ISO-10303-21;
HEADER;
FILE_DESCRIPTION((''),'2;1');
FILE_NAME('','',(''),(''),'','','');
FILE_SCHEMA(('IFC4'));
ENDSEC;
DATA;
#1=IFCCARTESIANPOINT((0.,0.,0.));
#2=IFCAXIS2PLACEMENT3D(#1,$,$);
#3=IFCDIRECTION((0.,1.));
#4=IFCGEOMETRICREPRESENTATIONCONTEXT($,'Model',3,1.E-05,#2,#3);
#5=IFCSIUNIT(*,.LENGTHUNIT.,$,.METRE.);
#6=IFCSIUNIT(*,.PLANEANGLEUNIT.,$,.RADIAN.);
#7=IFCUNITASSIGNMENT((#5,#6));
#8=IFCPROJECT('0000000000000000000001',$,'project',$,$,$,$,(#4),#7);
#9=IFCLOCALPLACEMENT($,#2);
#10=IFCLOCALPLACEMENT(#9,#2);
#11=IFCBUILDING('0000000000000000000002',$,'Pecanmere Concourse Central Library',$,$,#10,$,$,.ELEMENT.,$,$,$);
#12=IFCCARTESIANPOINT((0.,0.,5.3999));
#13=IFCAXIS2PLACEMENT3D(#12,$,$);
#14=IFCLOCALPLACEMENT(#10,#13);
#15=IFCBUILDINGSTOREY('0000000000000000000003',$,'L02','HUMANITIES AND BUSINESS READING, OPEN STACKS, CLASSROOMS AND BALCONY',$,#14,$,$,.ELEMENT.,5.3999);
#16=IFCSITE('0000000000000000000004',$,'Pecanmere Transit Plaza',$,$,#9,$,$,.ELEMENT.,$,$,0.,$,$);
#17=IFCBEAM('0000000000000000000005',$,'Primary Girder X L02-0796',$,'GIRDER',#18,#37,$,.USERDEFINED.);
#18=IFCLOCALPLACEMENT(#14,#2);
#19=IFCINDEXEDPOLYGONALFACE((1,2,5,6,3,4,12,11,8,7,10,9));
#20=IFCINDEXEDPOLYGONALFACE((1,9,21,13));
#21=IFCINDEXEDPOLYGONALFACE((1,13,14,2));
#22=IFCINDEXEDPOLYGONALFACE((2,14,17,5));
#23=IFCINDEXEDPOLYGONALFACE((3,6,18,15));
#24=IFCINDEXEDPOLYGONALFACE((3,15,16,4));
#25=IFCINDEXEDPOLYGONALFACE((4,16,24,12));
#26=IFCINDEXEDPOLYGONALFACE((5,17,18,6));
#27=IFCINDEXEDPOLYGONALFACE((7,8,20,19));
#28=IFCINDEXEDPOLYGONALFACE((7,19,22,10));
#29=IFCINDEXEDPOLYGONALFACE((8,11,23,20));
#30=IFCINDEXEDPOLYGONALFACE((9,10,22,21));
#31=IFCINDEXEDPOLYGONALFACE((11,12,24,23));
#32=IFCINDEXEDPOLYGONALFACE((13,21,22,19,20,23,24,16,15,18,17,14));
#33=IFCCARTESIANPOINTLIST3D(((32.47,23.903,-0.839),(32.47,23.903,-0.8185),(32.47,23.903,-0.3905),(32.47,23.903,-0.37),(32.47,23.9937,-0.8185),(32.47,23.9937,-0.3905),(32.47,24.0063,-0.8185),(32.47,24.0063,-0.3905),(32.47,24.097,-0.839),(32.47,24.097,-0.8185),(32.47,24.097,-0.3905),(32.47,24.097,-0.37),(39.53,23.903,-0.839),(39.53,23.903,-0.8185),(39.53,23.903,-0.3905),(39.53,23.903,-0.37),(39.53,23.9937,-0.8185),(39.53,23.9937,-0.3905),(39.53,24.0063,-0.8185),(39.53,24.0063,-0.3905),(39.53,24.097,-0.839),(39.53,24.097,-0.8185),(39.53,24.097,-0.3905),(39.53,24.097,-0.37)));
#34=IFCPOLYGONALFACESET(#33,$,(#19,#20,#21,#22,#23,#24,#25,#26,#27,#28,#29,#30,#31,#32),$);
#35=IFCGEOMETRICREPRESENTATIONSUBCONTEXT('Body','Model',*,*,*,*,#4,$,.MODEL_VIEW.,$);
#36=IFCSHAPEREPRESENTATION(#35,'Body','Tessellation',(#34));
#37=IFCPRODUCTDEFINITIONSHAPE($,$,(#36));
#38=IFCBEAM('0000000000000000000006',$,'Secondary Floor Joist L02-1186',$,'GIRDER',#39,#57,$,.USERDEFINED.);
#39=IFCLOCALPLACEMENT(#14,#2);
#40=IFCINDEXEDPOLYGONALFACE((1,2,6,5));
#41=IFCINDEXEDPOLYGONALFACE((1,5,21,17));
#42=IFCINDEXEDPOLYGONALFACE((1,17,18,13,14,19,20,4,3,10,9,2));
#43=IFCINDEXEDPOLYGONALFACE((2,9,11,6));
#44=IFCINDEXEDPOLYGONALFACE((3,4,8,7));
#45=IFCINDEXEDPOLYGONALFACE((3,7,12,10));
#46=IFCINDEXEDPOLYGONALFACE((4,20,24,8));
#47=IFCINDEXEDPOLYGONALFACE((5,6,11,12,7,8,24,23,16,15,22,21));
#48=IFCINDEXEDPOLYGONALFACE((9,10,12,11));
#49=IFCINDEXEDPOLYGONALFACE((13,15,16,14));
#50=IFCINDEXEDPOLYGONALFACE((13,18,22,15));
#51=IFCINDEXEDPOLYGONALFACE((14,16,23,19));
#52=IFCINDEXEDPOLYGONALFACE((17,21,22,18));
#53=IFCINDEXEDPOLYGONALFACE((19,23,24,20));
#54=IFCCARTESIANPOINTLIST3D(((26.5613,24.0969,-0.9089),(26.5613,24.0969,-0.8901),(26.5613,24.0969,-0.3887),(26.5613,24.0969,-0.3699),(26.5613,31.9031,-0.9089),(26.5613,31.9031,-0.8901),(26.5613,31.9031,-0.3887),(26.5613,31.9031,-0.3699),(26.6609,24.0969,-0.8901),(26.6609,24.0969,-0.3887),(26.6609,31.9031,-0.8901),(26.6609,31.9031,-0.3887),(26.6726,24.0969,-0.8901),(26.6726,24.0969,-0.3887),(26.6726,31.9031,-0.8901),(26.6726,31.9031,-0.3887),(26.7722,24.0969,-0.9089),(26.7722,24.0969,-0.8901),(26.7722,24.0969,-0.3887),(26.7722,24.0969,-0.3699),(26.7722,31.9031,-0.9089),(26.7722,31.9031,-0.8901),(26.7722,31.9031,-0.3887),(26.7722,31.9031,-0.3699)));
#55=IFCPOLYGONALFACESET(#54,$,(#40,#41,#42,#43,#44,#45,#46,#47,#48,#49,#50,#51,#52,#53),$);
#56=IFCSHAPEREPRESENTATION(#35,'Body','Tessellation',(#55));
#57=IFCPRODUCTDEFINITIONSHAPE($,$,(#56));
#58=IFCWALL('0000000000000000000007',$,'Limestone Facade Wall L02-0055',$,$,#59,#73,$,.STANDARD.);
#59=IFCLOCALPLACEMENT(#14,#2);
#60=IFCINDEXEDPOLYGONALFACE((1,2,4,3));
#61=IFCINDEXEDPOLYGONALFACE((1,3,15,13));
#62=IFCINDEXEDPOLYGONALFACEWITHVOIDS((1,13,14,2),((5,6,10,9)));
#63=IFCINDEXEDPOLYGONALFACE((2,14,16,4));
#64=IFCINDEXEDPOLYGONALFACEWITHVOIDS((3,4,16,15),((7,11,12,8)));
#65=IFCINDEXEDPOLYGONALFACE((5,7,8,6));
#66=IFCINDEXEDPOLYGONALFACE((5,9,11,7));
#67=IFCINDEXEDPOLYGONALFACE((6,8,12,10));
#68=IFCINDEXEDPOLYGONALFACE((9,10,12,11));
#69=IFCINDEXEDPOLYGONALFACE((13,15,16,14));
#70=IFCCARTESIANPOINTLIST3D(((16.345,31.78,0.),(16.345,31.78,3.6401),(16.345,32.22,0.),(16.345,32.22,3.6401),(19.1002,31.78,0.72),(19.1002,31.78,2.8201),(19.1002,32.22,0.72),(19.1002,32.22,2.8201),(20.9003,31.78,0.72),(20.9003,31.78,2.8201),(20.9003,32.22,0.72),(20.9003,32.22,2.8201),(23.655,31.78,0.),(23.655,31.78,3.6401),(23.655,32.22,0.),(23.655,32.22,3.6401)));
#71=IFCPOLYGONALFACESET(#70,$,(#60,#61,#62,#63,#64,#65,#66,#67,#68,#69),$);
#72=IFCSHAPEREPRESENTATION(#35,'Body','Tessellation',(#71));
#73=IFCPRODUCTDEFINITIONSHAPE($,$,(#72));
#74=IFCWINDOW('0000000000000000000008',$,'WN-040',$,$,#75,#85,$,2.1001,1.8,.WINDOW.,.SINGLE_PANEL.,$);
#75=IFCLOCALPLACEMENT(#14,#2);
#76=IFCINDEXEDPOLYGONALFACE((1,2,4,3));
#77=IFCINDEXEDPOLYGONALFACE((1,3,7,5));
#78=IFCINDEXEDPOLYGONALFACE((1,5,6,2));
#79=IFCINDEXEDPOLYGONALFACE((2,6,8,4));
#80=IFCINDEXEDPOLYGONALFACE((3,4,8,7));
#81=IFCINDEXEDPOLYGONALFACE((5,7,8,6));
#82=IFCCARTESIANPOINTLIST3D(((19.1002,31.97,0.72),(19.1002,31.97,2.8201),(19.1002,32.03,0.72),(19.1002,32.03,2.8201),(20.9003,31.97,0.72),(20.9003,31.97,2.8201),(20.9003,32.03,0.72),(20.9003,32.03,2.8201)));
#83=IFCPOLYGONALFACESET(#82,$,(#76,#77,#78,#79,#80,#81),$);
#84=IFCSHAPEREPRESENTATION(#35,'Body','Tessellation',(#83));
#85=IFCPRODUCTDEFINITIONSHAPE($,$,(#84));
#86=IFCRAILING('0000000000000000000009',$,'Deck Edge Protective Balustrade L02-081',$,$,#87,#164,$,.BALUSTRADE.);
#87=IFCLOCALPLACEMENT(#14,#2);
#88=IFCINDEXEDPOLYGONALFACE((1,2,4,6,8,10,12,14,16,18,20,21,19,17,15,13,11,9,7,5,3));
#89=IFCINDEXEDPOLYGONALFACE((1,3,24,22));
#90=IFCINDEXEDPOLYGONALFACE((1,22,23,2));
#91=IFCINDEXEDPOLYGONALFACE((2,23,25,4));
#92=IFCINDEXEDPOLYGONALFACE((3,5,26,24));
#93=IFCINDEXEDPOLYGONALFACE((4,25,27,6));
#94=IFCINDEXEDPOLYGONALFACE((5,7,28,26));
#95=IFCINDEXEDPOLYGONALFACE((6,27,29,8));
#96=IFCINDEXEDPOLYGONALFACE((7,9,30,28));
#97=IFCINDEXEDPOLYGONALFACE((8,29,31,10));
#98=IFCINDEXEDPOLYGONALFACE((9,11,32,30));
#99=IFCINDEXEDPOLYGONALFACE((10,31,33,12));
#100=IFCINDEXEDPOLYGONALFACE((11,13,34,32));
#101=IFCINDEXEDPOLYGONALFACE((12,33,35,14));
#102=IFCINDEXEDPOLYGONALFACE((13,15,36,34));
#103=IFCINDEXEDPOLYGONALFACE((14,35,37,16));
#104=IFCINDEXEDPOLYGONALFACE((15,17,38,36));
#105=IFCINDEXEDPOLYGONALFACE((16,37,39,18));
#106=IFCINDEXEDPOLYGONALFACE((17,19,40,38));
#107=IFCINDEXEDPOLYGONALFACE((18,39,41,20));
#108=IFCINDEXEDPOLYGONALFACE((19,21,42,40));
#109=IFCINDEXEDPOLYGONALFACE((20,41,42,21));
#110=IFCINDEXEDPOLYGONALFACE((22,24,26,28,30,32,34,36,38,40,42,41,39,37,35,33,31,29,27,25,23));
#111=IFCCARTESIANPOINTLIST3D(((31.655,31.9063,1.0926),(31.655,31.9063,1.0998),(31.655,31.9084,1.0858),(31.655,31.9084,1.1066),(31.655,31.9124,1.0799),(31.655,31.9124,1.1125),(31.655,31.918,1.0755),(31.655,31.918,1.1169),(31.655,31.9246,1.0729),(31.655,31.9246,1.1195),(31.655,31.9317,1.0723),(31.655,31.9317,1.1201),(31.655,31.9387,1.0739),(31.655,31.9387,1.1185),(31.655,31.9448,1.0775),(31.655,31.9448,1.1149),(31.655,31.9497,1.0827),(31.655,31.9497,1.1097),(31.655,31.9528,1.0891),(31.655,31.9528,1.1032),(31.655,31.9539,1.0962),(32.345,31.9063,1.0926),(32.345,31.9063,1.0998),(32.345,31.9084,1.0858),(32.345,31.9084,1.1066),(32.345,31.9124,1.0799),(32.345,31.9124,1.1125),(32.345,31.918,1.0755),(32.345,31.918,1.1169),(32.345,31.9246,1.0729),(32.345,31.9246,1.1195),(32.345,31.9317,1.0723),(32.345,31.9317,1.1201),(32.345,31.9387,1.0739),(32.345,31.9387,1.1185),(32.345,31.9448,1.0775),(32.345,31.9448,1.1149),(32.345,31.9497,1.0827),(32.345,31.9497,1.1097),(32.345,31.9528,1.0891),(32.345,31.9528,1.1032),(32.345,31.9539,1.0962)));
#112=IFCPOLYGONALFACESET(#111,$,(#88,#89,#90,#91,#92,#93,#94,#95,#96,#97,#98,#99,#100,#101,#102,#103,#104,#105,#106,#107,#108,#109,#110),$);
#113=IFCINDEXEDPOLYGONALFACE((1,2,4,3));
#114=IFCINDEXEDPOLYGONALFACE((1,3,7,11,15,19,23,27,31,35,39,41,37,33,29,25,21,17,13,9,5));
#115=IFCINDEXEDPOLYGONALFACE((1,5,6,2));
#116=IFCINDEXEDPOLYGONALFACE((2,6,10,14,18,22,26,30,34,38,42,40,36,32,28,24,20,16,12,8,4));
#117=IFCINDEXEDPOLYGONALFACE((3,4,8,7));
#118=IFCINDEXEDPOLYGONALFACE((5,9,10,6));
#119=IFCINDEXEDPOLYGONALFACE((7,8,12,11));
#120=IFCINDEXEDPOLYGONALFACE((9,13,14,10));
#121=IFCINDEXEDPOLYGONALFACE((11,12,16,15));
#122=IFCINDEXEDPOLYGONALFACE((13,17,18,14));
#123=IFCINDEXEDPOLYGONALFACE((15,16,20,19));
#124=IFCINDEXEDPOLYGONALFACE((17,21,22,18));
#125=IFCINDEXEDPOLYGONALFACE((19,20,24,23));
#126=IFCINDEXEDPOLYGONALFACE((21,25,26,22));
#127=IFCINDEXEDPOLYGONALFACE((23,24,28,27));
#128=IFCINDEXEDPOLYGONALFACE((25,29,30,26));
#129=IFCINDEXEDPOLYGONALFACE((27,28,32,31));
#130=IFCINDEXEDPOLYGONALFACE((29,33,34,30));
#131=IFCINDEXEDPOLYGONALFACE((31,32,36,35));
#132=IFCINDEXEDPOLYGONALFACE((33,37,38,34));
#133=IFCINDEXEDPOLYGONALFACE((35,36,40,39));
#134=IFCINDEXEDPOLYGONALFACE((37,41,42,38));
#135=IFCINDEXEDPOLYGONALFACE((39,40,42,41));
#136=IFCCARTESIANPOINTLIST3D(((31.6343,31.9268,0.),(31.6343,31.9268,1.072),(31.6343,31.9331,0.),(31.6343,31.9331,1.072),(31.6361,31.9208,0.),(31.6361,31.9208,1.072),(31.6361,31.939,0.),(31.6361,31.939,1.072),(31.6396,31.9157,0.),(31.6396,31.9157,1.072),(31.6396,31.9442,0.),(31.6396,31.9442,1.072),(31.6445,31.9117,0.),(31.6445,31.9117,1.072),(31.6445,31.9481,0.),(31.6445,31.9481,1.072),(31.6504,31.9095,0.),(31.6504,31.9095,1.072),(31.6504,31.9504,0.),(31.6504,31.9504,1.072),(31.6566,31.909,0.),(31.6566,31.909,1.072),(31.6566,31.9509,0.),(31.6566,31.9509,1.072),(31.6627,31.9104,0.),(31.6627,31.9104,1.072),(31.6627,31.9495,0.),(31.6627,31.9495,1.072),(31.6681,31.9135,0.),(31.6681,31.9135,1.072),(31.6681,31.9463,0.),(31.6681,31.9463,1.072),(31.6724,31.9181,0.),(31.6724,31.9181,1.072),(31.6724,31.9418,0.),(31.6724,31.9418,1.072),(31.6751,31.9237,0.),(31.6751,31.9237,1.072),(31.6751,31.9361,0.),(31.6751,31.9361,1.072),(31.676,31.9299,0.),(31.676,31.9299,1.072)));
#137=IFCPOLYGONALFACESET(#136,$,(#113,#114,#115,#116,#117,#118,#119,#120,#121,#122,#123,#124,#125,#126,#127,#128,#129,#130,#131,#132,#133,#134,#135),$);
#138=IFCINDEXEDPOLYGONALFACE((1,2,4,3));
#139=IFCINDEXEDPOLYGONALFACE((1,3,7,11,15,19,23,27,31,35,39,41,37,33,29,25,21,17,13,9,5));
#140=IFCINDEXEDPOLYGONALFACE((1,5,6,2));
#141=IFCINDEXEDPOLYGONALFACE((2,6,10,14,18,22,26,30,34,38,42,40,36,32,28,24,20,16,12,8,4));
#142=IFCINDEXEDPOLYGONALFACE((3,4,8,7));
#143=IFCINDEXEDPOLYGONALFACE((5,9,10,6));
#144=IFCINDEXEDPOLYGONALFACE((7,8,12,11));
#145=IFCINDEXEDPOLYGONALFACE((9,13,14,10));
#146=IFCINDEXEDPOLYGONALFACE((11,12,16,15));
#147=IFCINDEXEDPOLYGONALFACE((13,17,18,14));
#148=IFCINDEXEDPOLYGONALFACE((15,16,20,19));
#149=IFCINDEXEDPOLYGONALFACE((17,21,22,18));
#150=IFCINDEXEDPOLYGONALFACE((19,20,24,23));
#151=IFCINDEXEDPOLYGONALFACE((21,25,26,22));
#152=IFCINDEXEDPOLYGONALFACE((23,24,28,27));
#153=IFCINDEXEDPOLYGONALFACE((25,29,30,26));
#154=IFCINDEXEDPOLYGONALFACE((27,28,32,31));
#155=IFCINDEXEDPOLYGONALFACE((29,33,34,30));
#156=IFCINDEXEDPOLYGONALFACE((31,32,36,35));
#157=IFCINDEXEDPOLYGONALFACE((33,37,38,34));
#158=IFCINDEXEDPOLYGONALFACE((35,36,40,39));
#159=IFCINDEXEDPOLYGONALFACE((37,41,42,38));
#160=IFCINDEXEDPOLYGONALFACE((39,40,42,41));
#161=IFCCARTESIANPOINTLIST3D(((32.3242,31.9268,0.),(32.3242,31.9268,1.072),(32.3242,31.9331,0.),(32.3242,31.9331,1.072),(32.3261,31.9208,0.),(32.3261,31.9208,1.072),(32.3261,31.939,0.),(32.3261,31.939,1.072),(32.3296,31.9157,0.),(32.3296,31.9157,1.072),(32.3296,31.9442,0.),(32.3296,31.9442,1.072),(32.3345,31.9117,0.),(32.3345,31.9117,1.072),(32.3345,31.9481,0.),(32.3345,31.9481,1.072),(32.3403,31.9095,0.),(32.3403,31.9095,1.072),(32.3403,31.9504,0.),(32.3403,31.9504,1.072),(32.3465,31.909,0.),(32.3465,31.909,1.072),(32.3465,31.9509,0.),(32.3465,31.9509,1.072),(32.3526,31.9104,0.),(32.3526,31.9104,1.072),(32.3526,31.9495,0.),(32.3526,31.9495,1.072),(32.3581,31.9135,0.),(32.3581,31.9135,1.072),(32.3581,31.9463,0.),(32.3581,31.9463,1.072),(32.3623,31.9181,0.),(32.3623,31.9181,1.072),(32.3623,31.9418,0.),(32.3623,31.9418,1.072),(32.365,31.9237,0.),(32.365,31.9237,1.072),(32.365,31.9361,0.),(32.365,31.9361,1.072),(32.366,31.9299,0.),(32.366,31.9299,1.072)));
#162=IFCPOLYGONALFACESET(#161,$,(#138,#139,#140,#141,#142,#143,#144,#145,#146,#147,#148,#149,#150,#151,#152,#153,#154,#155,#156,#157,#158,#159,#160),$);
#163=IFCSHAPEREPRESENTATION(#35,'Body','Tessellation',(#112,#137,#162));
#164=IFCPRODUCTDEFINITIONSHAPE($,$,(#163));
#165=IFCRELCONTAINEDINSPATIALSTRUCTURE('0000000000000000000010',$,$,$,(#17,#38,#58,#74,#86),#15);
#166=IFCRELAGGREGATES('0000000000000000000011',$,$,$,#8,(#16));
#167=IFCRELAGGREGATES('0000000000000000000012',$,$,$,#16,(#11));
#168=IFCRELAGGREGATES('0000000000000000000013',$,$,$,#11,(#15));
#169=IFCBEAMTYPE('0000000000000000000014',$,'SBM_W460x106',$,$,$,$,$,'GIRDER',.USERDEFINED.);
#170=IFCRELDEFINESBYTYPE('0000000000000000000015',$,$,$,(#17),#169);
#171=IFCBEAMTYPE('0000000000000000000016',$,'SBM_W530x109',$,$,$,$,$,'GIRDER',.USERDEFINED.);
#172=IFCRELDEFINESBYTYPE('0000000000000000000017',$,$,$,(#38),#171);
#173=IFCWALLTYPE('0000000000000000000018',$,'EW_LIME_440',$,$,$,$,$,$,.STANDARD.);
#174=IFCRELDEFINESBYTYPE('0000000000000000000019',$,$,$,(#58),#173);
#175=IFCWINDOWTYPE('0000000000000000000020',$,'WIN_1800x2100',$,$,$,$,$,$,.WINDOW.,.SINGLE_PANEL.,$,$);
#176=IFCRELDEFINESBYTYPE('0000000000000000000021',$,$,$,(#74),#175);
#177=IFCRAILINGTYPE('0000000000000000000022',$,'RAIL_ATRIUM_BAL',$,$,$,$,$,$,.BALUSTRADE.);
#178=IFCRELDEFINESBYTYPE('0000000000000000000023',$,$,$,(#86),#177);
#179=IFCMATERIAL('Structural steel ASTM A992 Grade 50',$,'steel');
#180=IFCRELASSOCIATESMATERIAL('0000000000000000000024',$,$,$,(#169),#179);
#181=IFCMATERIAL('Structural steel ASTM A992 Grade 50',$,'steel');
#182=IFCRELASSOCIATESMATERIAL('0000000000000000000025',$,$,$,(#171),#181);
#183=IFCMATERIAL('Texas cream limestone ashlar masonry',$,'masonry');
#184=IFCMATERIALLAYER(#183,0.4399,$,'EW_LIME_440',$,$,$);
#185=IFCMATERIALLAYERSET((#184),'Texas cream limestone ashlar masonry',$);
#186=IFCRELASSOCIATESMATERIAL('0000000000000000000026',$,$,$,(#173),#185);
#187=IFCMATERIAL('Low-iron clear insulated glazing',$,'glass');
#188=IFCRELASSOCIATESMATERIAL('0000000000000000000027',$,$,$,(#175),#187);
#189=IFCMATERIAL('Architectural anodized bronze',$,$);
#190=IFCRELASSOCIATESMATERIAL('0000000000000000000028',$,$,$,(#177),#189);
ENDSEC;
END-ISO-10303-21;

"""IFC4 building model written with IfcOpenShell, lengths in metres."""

from ifc_helpers import new_model, si_unit, direction, frame, frame_2d, origin, origin_2d, place, context, subcontext, project, spatial, rectangle, circle, i_section, extrude, material, layer, layer_set, material_profile, profile_set, type_object, element, fill, save


model = new_model("IFC4")

# Units and contexts
model_context = context("Model", 3, precision=1e-05, world=origin(), true_north=direction((0.0, 1.0)))
body_context = subcontext(model_context, "Body", "Model", "MODEL_VIEW")
ifc_project = project(units=[si_unit("LENGTHUNIT", "METRE"), si_unit("PLANEANGLEUNIT", "RADIAN")], contexts=[model_context])

# Site, building, storey
site_placement = place(None, origin())
site = spatial("IfcSite", under=ifc_project, at=site_placement, Name="Pecanmere Transit Plaza", CompositionType="ELEMENT", RefElevation=0.0)
building_placement = place(site_placement, origin())
building = spatial("IfcBuilding", under=site, at=building_placement, Name="Pecanmere Concourse Central Library", CompositionType="ELEMENT")
storey_placement = place(building_placement, frame((0.0, 0.0, 5.3999)))
storey = spatial("IfcBuildingStorey", under=building, at=storey_placement, Name="L02", Description="HUMANITIES AND BUSINESS READING, OPEN STACKS, CLASSROOMS AND BALCONY", CompositionType="ELEMENT", Elevation=5.3999)

# Beams
ifc_material_1 = material(Name="Structural steel ASTM A992 Grade 50", Category="steel")
ifc_material_profile_1 = material_profile(ifc_material_1, i_section(OverallWidth=0.1941, OverallDepth=0.469, WebThickness=0.0127, FlangeThickness=0.0205, at=origin_2d()), Name="W460x106")
ifc_profile_set_1 = profile_set([ifc_material_profile_1], Name="Structural steel ASTM A992 Grade 50")
beam_type_1 = type_object("IfcBeamType", Name="SBM_W460x106", ElementType="GIRDER", PredefinedType="USERDEFINED", material=ifc_profile_set_1)
for number, where, z_axis, x_axis, name in (
    (1, (32.47, 24.0, -0.6045), (1.0, 0.0, 0.0), (0.0, 1.0, 0.0), "Primary Girder X L02-0796"),
):
    element("IfcBeam", number, at=place(storey_placement, frame(where, z_axis=z_axis, x_axis=x_axis)), inside=storey, type_object=beam_type_1, Name=name, ObjectType="GIRDER", PredefinedType="USERDEFINED", context=body_context, shape_type="SweptSolid", body=[
        extrude(i_section(OverallWidth=0.1941, OverallDepth=0.469, WebThickness=0.0127, FlangeThickness=0.0205, at=origin_2d()), origin(), (0.0, 0.0, 1.0), 7.0601),
    ])
ifc_material_2 = material(Name="Structural steel ASTM A992 Grade 50", Category="steel")
ifc_material_profile_2 = material_profile(ifc_material_2, i_section(OverallWidth=0.2109, OverallDepth=0.5391, WebThickness=0.0117, FlangeThickness=0.0188, at=origin_2d()), Name="W530x109")
ifc_profile_set_2 = profile_set([ifc_material_profile_2], Name="Structural steel ASTM A992 Grade 50")
beam_type_2 = type_object("IfcBeamType", Name="SBM_W530x109", ElementType="GIRDER", PredefinedType="USERDEFINED", material=ifc_profile_set_2)
beam_1_placement = place(storey_placement, frame((26.6667, 24.0969, -0.6394), z_axis=(0.0, 1.0, 0.0), x_axis=(-1.0, 0.0, 0.0)))
element("IfcBeam", 2, at=beam_1_placement, inside=storey, type_object=beam_type_2, Name="Secondary Floor Joist L02-1186", ObjectType="GIRDER", PredefinedType="USERDEFINED", context=body_context, shape_type="SweptSolid", body=[
    extrude(i_section(OverallWidth=0.2109, OverallDepth=0.5391, WebThickness=0.0117, FlangeThickness=0.0188, at=origin_2d()), origin(), (0.0, 0.0, 1.0), 7.8062),
])

# Wall, opening, window
ifc_material_3 = material(Name="Texas cream limestone ashlar masonry", Category="masonry")
ifc_layer = layer(ifc_material_3, 0.4399, Name="EW_LIME_440")
ifc_layer_set = layer_set([ifc_layer], Name="Texas cream limestone ashlar masonry")
wall_type = type_object("IfcWallType", Name="EW_LIME_440", PredefinedType="STANDARD", material=ifc_layer_set)
wall_placement = place(storey_placement, frame((23.655, 32.0, 0.0), z_axis=(0.0, 0.0, 1.0), x_axis=(-1.0, 0.0, 0.0)))
wall = element("IfcWall", 3, at=wall_placement, inside=storey, type_object=wall_type, Name="Limestone Facade Wall L02-0055", PredefinedType="STANDARD", context=body_context, shape_type="SweptSolid", body=[
    extrude(rectangle(XDim=7.3101, YDim=0.4399, at=frame_2d((3.655, 0.0))), origin(), (0.0, 0.0, 1.0), 3.6401),
])
opening_placement = place(wall_placement, frame((2.7549, 0.0, 0.72)))
opening = element("IfcOpeningElement", 4, at=opening_placement, cuts=wall, PredefinedType="OPENING", context=body_context, shape_type="SweptSolid", body=[
    extrude(rectangle(XDim=1.8, YDim=2.1001, at=frame_2d((0.8999, 1.05))), frame((0.0, 0.2319, 0.0), z_axis=(0.0, -1.0, 0.0), x_axis=(1.0, 0.0, 0.0)), (0.0, 0.0, 1.0), 0.4639),
])
ifc_material_4 = material(Name="Low-iron clear insulated glazing", Category="glass")
window_type = type_object("IfcWindowType", Name="WIN_1800x2100", PartitioningType="SINGLE_PANEL", PredefinedType="WINDOW", material=ifc_material_4)
window_placement = place(opening_placement, origin())
window = element("IfcWindow", 5, at=window_placement, inside=storey, type_object=window_type, Name="WN-040", OverallHeight=2.1001, OverallWidth=1.8, PartitioningType="SINGLE_PANEL", PredefinedType="WINDOW", context=body_context, shape_type="SweptSolid", body=[
    extrude(rectangle(XDim=1.8, YDim=2.1001, at=frame_2d((0.8999, 1.05))), frame((0.0, 0.03, 0.0), z_axis=(0.0, -1.0, 0.0), x_axis=(1.0, 0.0, 0.0)), (0.0, 0.0, 1.0), 0.0601),
])
fill(opening, window)

# Railing
ifc_material_5 = material(Name="Architectural anodized bronze")
railing_type = type_object("IfcRailingType", Name="RAIL_ATRIUM_BAL", PredefinedType="BALUSTRADE", material=ifc_material_5)
for number, where, name in (
    (6, (31.655, 31.9299, 0.0), "Deck Edge Protective Balustrade L02-081"),
):
    element("IfcRailing", number, at=place(storey_placement, frame(where)), inside=storey, type_object=railing_type, Name=name, PredefinedType="BALUSTRADE", context=body_context, shape_type="SweptSolid", body=[
        extrude(circle(Radius=0.0239, at=origin_2d()), frame((0.0, 0.0, 1.0962), z_axis=(1.0, 0.0, 0.0), x_axis=(0.0, 1.0, 0.0)), (0.0, 0.0, 1.0), 0.6899),
        extrude(circle(Radius=0.021, at=origin_2d()), origin(), (0.0, 0.0, 1.0), 1.072),
        extrude(circle(Radius=0.021, at=origin_2d()), frame((0.6899, 0.0, 0.0)), (0.0, 0.0, 1.0), 1.072),
    ])

save(model, "model.ifc")
